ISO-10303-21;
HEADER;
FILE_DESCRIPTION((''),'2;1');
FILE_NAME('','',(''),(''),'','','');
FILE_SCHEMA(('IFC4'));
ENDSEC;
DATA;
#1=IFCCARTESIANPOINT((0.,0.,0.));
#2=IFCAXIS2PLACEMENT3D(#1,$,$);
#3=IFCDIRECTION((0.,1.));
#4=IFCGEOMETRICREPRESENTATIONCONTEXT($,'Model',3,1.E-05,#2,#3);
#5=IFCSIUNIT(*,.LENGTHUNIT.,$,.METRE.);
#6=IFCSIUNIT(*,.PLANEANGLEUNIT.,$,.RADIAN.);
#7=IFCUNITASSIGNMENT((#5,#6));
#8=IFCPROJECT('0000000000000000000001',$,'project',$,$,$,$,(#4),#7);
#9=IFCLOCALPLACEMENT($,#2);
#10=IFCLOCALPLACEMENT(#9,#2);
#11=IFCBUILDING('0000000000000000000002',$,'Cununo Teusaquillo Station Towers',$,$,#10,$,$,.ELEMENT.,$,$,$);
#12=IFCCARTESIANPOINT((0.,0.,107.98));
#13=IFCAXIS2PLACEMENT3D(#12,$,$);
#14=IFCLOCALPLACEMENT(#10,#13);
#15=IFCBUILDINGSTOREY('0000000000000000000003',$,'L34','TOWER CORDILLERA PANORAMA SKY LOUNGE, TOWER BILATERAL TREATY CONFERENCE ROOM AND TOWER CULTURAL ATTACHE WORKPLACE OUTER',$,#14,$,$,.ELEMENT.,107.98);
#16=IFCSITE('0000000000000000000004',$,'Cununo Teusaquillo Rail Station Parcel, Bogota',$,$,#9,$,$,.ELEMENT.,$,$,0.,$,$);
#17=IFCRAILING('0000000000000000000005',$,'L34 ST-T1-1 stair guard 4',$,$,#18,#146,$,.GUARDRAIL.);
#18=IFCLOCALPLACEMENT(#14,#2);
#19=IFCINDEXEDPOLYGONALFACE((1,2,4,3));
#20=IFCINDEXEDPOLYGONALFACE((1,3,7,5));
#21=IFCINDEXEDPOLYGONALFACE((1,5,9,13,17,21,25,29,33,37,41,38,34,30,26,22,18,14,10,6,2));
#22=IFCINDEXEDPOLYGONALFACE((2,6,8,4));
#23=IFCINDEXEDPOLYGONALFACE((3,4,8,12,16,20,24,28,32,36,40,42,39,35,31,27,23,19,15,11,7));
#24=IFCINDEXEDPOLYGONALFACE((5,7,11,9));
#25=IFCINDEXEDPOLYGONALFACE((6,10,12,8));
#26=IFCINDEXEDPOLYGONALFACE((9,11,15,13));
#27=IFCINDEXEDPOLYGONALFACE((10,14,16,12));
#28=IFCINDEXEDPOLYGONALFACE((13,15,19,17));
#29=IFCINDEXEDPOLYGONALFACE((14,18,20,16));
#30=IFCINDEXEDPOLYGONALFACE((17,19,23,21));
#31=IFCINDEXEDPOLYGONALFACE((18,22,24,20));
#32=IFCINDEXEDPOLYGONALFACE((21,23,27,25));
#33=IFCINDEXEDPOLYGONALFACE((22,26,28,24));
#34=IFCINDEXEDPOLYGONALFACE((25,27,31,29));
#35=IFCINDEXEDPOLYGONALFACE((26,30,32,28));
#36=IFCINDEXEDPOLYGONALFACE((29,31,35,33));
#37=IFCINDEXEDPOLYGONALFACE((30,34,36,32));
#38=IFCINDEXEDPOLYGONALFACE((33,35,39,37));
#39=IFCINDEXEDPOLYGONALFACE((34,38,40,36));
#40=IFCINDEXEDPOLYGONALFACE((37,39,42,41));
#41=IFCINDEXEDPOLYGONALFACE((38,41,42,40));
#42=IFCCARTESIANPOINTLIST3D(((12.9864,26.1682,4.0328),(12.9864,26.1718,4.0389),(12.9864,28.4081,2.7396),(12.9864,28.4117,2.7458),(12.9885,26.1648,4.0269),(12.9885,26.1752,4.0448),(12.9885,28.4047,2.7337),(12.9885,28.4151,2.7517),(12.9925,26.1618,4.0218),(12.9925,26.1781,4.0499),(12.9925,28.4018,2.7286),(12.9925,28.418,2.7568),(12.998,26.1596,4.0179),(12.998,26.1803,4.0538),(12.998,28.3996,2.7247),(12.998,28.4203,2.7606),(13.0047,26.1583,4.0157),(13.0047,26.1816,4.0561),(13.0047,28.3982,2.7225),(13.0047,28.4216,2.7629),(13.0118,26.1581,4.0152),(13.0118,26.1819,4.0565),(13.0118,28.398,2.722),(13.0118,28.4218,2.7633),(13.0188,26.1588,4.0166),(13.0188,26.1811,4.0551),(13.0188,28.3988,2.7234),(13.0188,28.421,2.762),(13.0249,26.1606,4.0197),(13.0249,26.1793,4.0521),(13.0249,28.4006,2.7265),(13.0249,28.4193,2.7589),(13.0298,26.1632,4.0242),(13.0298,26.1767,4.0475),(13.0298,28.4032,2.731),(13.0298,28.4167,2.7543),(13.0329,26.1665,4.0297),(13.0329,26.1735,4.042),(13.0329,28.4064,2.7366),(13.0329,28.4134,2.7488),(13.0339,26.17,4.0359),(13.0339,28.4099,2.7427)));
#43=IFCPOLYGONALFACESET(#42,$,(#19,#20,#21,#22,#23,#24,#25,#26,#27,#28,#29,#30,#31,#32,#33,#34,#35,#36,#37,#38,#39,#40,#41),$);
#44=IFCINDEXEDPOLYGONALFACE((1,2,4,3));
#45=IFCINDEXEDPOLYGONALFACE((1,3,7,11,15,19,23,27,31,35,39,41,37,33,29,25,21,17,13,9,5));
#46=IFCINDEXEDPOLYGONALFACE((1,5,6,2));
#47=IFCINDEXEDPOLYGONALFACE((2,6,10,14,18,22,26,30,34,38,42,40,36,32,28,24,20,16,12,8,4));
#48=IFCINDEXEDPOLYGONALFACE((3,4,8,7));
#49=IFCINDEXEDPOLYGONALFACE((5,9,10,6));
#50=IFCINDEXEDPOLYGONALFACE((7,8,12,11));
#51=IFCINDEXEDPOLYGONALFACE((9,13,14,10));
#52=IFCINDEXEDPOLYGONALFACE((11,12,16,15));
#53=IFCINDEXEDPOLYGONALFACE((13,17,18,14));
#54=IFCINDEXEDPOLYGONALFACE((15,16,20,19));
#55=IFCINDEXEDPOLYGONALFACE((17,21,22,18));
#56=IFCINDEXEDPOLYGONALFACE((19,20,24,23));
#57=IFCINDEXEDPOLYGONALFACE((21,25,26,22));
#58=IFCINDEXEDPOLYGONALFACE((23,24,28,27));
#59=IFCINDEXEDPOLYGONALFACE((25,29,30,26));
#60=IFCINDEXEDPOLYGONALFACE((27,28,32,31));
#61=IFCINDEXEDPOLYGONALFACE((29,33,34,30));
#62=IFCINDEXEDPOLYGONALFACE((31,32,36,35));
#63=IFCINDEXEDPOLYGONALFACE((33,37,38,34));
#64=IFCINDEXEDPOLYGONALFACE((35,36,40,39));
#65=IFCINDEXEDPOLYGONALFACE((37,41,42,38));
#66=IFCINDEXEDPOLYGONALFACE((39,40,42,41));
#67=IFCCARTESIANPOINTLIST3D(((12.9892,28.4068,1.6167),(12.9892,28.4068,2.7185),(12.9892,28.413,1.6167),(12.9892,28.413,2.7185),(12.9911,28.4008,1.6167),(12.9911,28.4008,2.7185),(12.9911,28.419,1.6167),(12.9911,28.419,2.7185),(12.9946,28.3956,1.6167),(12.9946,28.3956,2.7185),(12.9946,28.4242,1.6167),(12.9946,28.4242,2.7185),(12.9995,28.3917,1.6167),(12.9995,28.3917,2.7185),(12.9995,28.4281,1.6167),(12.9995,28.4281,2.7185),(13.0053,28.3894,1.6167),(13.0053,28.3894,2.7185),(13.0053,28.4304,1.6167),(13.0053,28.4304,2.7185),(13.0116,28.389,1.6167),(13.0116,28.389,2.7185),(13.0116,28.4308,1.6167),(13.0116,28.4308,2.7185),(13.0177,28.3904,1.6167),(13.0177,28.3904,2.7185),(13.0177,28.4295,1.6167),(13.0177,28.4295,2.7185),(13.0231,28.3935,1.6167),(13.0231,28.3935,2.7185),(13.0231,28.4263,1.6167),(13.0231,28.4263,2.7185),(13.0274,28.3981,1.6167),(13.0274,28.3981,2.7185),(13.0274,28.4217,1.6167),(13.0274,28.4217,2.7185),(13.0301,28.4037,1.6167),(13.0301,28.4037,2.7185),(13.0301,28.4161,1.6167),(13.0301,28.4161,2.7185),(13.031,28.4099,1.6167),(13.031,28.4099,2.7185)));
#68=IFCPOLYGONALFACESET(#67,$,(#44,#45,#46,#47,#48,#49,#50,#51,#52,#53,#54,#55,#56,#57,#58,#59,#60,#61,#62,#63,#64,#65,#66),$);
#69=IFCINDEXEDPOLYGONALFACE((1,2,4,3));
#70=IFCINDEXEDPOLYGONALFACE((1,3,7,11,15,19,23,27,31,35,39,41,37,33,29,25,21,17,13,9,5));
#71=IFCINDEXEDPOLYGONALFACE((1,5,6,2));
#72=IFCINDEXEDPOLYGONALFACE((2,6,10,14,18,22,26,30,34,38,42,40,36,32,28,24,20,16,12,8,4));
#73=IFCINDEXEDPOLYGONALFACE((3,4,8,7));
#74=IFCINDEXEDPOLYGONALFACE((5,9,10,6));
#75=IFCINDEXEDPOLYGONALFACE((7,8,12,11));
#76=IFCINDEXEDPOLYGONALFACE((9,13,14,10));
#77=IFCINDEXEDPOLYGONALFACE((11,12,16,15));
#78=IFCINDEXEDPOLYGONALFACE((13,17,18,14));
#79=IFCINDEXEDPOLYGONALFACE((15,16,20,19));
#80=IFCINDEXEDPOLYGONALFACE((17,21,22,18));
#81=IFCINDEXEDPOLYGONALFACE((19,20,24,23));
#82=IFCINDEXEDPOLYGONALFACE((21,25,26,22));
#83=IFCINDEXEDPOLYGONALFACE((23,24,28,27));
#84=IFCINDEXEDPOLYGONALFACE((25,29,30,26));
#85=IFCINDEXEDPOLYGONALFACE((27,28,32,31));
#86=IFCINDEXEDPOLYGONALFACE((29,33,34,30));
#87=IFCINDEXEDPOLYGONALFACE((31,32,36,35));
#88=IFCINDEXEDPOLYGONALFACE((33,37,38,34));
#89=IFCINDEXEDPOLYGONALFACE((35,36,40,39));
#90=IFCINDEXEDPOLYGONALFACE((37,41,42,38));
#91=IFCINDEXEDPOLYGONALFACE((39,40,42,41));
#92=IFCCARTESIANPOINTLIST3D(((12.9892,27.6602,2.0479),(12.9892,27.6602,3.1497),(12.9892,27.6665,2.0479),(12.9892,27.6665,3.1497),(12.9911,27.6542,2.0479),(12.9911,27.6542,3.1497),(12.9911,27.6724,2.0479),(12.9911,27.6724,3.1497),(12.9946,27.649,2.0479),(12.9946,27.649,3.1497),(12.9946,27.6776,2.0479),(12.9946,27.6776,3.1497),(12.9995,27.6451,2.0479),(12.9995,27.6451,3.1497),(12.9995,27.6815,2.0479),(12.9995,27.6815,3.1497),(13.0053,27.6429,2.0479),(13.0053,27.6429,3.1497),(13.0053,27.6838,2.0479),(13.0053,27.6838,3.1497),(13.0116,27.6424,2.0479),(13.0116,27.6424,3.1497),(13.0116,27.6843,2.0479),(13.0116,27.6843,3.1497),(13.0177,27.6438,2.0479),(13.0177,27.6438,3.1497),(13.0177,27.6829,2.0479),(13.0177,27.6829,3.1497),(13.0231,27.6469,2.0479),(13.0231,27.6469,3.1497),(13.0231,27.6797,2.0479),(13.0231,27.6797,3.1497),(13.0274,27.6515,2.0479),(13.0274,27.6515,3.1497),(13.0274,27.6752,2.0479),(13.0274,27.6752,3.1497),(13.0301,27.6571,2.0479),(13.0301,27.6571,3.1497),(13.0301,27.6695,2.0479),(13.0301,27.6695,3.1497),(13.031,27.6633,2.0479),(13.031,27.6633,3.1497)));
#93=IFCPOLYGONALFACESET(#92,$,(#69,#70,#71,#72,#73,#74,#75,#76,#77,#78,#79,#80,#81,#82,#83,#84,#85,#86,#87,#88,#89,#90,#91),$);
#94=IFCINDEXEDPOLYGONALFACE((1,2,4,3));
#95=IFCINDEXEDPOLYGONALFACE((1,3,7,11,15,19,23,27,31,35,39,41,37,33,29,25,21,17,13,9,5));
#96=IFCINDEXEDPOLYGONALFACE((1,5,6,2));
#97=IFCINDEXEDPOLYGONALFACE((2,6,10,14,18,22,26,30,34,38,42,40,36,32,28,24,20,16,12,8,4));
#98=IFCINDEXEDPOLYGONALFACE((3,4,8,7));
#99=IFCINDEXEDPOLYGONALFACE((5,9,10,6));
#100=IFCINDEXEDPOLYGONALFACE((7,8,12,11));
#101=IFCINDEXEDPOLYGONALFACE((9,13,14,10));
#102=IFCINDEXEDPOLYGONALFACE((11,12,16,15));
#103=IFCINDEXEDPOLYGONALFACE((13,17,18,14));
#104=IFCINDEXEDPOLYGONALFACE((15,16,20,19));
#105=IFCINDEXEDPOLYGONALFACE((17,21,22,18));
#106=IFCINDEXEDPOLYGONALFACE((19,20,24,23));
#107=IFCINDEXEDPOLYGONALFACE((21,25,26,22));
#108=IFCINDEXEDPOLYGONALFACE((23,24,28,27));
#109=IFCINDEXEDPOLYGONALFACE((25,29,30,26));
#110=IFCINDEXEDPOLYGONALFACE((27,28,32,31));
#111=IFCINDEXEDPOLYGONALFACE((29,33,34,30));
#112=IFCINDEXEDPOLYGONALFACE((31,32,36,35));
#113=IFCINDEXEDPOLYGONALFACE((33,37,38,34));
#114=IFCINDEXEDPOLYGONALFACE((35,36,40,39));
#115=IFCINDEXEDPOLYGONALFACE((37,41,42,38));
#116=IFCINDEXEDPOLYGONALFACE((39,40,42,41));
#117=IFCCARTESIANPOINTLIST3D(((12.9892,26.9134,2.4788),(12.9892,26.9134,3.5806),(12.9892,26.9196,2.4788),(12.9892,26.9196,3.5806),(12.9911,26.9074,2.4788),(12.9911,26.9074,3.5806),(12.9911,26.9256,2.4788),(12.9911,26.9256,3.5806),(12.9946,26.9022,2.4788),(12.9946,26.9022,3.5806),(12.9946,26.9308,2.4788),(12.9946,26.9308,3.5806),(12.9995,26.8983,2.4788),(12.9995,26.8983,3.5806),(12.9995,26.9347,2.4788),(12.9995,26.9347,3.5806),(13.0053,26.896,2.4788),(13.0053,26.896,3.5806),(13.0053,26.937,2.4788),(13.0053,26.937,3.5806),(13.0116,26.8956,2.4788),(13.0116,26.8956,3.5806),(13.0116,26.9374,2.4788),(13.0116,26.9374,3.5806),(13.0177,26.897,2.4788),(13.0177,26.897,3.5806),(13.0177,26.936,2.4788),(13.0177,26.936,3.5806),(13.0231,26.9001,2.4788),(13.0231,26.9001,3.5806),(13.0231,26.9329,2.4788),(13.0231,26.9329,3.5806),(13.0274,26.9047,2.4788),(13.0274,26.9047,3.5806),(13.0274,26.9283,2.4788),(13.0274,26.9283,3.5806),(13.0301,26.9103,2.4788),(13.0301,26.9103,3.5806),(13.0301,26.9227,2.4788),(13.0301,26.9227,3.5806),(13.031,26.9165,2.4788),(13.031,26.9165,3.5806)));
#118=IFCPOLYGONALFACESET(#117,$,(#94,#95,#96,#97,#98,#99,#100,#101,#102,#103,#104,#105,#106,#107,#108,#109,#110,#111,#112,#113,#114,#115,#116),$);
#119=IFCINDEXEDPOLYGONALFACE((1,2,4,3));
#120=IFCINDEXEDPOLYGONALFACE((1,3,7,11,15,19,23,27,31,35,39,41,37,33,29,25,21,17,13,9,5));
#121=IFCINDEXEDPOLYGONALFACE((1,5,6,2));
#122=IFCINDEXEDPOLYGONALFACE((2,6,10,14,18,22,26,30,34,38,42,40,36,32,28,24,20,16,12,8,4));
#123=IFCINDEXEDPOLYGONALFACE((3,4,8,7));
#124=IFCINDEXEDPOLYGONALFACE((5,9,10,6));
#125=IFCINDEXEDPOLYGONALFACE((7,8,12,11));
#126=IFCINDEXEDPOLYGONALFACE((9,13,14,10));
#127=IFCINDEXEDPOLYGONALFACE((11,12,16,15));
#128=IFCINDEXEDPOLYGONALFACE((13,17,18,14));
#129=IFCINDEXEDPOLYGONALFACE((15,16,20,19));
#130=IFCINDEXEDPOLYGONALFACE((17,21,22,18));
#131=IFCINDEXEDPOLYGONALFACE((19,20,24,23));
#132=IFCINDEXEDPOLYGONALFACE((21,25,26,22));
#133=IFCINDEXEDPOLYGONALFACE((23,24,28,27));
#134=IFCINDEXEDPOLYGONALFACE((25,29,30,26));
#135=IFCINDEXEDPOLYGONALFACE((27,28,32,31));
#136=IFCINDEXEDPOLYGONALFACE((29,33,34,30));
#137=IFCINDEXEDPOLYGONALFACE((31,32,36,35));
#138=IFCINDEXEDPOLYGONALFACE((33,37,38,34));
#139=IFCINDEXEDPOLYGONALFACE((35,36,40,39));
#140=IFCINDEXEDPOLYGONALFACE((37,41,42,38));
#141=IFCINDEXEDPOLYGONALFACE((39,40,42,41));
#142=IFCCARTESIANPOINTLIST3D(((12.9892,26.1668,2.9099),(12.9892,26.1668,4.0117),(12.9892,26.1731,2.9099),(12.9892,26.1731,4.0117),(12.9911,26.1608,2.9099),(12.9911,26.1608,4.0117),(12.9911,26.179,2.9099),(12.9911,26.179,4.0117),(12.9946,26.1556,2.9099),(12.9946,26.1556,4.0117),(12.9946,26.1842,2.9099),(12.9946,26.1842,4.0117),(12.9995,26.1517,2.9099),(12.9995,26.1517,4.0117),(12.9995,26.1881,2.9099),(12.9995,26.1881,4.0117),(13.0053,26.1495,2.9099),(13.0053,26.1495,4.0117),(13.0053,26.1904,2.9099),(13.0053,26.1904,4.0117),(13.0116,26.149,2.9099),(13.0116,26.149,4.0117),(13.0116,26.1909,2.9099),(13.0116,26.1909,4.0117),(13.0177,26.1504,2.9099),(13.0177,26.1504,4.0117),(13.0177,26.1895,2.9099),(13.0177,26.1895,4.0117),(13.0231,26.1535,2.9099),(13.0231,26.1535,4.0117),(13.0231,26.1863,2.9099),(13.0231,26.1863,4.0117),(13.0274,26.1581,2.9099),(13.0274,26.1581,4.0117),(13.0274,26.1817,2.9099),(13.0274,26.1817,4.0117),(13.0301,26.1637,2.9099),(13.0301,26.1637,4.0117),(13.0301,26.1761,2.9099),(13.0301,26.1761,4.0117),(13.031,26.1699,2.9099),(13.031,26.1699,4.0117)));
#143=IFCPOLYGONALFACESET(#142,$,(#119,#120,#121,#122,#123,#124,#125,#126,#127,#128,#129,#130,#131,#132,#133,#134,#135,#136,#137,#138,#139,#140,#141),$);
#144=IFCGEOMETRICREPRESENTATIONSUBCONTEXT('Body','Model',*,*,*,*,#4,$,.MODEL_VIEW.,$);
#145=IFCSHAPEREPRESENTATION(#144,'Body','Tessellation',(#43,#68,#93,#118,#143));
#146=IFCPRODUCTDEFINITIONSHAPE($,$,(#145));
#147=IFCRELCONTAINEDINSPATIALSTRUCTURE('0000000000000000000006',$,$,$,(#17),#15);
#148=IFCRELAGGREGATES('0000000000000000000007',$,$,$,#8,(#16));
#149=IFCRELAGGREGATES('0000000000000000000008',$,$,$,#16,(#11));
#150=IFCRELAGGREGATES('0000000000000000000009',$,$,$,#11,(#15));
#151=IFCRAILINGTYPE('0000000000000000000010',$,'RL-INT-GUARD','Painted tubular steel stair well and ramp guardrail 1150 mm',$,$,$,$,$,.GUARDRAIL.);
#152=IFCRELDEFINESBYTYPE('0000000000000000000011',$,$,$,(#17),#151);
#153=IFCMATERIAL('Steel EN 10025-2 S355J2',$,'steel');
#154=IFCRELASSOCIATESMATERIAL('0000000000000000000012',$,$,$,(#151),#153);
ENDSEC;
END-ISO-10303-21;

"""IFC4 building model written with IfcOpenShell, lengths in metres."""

from ifc_helpers import new_model, si_unit, direction, frame, origin, origin_2d, place, context, subcontext, project, spatial, circle, extrude, material, type_object, element, save


model = new_model("IFC4")

# Units and contexts
model_context = context("Model", 3, precision=1e-05, world=origin(), true_north=direction((0.0, 1.0)))
body_context = subcontext(model_context, "Body", "Model", "MODEL_VIEW")
ifc_project = project(units=[si_unit("LENGTHUNIT", "METRE"), si_unit("PLANEANGLEUNIT", "RADIAN")], contexts=[model_context])

# Site, building, storey
site_placement = place(None, origin())
site = spatial("IfcSite", under=ifc_project, at=site_placement, Name="Cununo Teusaquillo Rail Station Parcel, Bogota", CompositionType="ELEMENT", RefElevation=0.0)
building_placement = place(site_placement, origin())
building = spatial("IfcBuilding", under=site, at=building_placement, Name="Cununo Teusaquillo Station Towers", CompositionType="ELEMENT")
storey_placement = place(building_placement, frame((0.0, 0.0, 107.98)))
storey = spatial("IfcBuildingStorey", under=building, at=storey_placement, Name="L34", Description="TOWER CORDILLERA PANORAMA SKY LOUNGE, TOWER BILATERAL TREATY CONFERENCE ROOM AND TOWER CULTURAL ATTACHE WORKPLACE OUTER", CompositionType="ELEMENT", Elevation=107.98)

# Railing
ifc_material_1 = material(Name="Steel EN 10025-2 S355J2", Category="steel")
railing_type_1 = type_object("IfcRailingType", Name="RL-INT-GUARD", Description="Painted tubular steel stair well and ramp guardrail 1150 mm", PredefinedType="GUARDRAIL", material=ifc_material_1)
railing_1_placement = place(storey_placement, frame((13.01, 28.4099, 1.6167)))
element("IfcRailing", 1, at=railing_1_placement, inside=storey, type_object=railing_type_1, Name="L34 ST-T1-1 stair guard 4", PredefinedType="GUARDRAIL", context=body_context, shape_type="SweptSolid", body=[
    extrude(circle(Radius=0.0239, at=origin_2d()), frame((0.0, 0.0, 1.126), z_axis=(0.0, -0.866033, 0.499987), x_axis=(1.0, 0.0, 0.0)), (0.0, 0.0, 1.0), 2.5864),
    extrude(circle(Radius=0.021, at=origin_2d()), origin(), (0.0, 0.0, 1.0), 1.1018),
    extrude(circle(Radius=0.021, at=origin_2d()), frame((0.0, -0.7466, 0.4312)), (0.0, 0.0, 1.0), 1.1018),
    extrude(circle(Radius=0.021, at=origin_2d()), frame((0.0, -1.4934, 0.8621)), (0.0, 0.0, 1.0), 1.1018),
    extrude(circle(Radius=0.021, at=origin_2d()), frame((0.0, -2.24, 1.2932)), (0.0, 0.0, 1.0), 1.1018),
])

save(model, "model.ifc")
